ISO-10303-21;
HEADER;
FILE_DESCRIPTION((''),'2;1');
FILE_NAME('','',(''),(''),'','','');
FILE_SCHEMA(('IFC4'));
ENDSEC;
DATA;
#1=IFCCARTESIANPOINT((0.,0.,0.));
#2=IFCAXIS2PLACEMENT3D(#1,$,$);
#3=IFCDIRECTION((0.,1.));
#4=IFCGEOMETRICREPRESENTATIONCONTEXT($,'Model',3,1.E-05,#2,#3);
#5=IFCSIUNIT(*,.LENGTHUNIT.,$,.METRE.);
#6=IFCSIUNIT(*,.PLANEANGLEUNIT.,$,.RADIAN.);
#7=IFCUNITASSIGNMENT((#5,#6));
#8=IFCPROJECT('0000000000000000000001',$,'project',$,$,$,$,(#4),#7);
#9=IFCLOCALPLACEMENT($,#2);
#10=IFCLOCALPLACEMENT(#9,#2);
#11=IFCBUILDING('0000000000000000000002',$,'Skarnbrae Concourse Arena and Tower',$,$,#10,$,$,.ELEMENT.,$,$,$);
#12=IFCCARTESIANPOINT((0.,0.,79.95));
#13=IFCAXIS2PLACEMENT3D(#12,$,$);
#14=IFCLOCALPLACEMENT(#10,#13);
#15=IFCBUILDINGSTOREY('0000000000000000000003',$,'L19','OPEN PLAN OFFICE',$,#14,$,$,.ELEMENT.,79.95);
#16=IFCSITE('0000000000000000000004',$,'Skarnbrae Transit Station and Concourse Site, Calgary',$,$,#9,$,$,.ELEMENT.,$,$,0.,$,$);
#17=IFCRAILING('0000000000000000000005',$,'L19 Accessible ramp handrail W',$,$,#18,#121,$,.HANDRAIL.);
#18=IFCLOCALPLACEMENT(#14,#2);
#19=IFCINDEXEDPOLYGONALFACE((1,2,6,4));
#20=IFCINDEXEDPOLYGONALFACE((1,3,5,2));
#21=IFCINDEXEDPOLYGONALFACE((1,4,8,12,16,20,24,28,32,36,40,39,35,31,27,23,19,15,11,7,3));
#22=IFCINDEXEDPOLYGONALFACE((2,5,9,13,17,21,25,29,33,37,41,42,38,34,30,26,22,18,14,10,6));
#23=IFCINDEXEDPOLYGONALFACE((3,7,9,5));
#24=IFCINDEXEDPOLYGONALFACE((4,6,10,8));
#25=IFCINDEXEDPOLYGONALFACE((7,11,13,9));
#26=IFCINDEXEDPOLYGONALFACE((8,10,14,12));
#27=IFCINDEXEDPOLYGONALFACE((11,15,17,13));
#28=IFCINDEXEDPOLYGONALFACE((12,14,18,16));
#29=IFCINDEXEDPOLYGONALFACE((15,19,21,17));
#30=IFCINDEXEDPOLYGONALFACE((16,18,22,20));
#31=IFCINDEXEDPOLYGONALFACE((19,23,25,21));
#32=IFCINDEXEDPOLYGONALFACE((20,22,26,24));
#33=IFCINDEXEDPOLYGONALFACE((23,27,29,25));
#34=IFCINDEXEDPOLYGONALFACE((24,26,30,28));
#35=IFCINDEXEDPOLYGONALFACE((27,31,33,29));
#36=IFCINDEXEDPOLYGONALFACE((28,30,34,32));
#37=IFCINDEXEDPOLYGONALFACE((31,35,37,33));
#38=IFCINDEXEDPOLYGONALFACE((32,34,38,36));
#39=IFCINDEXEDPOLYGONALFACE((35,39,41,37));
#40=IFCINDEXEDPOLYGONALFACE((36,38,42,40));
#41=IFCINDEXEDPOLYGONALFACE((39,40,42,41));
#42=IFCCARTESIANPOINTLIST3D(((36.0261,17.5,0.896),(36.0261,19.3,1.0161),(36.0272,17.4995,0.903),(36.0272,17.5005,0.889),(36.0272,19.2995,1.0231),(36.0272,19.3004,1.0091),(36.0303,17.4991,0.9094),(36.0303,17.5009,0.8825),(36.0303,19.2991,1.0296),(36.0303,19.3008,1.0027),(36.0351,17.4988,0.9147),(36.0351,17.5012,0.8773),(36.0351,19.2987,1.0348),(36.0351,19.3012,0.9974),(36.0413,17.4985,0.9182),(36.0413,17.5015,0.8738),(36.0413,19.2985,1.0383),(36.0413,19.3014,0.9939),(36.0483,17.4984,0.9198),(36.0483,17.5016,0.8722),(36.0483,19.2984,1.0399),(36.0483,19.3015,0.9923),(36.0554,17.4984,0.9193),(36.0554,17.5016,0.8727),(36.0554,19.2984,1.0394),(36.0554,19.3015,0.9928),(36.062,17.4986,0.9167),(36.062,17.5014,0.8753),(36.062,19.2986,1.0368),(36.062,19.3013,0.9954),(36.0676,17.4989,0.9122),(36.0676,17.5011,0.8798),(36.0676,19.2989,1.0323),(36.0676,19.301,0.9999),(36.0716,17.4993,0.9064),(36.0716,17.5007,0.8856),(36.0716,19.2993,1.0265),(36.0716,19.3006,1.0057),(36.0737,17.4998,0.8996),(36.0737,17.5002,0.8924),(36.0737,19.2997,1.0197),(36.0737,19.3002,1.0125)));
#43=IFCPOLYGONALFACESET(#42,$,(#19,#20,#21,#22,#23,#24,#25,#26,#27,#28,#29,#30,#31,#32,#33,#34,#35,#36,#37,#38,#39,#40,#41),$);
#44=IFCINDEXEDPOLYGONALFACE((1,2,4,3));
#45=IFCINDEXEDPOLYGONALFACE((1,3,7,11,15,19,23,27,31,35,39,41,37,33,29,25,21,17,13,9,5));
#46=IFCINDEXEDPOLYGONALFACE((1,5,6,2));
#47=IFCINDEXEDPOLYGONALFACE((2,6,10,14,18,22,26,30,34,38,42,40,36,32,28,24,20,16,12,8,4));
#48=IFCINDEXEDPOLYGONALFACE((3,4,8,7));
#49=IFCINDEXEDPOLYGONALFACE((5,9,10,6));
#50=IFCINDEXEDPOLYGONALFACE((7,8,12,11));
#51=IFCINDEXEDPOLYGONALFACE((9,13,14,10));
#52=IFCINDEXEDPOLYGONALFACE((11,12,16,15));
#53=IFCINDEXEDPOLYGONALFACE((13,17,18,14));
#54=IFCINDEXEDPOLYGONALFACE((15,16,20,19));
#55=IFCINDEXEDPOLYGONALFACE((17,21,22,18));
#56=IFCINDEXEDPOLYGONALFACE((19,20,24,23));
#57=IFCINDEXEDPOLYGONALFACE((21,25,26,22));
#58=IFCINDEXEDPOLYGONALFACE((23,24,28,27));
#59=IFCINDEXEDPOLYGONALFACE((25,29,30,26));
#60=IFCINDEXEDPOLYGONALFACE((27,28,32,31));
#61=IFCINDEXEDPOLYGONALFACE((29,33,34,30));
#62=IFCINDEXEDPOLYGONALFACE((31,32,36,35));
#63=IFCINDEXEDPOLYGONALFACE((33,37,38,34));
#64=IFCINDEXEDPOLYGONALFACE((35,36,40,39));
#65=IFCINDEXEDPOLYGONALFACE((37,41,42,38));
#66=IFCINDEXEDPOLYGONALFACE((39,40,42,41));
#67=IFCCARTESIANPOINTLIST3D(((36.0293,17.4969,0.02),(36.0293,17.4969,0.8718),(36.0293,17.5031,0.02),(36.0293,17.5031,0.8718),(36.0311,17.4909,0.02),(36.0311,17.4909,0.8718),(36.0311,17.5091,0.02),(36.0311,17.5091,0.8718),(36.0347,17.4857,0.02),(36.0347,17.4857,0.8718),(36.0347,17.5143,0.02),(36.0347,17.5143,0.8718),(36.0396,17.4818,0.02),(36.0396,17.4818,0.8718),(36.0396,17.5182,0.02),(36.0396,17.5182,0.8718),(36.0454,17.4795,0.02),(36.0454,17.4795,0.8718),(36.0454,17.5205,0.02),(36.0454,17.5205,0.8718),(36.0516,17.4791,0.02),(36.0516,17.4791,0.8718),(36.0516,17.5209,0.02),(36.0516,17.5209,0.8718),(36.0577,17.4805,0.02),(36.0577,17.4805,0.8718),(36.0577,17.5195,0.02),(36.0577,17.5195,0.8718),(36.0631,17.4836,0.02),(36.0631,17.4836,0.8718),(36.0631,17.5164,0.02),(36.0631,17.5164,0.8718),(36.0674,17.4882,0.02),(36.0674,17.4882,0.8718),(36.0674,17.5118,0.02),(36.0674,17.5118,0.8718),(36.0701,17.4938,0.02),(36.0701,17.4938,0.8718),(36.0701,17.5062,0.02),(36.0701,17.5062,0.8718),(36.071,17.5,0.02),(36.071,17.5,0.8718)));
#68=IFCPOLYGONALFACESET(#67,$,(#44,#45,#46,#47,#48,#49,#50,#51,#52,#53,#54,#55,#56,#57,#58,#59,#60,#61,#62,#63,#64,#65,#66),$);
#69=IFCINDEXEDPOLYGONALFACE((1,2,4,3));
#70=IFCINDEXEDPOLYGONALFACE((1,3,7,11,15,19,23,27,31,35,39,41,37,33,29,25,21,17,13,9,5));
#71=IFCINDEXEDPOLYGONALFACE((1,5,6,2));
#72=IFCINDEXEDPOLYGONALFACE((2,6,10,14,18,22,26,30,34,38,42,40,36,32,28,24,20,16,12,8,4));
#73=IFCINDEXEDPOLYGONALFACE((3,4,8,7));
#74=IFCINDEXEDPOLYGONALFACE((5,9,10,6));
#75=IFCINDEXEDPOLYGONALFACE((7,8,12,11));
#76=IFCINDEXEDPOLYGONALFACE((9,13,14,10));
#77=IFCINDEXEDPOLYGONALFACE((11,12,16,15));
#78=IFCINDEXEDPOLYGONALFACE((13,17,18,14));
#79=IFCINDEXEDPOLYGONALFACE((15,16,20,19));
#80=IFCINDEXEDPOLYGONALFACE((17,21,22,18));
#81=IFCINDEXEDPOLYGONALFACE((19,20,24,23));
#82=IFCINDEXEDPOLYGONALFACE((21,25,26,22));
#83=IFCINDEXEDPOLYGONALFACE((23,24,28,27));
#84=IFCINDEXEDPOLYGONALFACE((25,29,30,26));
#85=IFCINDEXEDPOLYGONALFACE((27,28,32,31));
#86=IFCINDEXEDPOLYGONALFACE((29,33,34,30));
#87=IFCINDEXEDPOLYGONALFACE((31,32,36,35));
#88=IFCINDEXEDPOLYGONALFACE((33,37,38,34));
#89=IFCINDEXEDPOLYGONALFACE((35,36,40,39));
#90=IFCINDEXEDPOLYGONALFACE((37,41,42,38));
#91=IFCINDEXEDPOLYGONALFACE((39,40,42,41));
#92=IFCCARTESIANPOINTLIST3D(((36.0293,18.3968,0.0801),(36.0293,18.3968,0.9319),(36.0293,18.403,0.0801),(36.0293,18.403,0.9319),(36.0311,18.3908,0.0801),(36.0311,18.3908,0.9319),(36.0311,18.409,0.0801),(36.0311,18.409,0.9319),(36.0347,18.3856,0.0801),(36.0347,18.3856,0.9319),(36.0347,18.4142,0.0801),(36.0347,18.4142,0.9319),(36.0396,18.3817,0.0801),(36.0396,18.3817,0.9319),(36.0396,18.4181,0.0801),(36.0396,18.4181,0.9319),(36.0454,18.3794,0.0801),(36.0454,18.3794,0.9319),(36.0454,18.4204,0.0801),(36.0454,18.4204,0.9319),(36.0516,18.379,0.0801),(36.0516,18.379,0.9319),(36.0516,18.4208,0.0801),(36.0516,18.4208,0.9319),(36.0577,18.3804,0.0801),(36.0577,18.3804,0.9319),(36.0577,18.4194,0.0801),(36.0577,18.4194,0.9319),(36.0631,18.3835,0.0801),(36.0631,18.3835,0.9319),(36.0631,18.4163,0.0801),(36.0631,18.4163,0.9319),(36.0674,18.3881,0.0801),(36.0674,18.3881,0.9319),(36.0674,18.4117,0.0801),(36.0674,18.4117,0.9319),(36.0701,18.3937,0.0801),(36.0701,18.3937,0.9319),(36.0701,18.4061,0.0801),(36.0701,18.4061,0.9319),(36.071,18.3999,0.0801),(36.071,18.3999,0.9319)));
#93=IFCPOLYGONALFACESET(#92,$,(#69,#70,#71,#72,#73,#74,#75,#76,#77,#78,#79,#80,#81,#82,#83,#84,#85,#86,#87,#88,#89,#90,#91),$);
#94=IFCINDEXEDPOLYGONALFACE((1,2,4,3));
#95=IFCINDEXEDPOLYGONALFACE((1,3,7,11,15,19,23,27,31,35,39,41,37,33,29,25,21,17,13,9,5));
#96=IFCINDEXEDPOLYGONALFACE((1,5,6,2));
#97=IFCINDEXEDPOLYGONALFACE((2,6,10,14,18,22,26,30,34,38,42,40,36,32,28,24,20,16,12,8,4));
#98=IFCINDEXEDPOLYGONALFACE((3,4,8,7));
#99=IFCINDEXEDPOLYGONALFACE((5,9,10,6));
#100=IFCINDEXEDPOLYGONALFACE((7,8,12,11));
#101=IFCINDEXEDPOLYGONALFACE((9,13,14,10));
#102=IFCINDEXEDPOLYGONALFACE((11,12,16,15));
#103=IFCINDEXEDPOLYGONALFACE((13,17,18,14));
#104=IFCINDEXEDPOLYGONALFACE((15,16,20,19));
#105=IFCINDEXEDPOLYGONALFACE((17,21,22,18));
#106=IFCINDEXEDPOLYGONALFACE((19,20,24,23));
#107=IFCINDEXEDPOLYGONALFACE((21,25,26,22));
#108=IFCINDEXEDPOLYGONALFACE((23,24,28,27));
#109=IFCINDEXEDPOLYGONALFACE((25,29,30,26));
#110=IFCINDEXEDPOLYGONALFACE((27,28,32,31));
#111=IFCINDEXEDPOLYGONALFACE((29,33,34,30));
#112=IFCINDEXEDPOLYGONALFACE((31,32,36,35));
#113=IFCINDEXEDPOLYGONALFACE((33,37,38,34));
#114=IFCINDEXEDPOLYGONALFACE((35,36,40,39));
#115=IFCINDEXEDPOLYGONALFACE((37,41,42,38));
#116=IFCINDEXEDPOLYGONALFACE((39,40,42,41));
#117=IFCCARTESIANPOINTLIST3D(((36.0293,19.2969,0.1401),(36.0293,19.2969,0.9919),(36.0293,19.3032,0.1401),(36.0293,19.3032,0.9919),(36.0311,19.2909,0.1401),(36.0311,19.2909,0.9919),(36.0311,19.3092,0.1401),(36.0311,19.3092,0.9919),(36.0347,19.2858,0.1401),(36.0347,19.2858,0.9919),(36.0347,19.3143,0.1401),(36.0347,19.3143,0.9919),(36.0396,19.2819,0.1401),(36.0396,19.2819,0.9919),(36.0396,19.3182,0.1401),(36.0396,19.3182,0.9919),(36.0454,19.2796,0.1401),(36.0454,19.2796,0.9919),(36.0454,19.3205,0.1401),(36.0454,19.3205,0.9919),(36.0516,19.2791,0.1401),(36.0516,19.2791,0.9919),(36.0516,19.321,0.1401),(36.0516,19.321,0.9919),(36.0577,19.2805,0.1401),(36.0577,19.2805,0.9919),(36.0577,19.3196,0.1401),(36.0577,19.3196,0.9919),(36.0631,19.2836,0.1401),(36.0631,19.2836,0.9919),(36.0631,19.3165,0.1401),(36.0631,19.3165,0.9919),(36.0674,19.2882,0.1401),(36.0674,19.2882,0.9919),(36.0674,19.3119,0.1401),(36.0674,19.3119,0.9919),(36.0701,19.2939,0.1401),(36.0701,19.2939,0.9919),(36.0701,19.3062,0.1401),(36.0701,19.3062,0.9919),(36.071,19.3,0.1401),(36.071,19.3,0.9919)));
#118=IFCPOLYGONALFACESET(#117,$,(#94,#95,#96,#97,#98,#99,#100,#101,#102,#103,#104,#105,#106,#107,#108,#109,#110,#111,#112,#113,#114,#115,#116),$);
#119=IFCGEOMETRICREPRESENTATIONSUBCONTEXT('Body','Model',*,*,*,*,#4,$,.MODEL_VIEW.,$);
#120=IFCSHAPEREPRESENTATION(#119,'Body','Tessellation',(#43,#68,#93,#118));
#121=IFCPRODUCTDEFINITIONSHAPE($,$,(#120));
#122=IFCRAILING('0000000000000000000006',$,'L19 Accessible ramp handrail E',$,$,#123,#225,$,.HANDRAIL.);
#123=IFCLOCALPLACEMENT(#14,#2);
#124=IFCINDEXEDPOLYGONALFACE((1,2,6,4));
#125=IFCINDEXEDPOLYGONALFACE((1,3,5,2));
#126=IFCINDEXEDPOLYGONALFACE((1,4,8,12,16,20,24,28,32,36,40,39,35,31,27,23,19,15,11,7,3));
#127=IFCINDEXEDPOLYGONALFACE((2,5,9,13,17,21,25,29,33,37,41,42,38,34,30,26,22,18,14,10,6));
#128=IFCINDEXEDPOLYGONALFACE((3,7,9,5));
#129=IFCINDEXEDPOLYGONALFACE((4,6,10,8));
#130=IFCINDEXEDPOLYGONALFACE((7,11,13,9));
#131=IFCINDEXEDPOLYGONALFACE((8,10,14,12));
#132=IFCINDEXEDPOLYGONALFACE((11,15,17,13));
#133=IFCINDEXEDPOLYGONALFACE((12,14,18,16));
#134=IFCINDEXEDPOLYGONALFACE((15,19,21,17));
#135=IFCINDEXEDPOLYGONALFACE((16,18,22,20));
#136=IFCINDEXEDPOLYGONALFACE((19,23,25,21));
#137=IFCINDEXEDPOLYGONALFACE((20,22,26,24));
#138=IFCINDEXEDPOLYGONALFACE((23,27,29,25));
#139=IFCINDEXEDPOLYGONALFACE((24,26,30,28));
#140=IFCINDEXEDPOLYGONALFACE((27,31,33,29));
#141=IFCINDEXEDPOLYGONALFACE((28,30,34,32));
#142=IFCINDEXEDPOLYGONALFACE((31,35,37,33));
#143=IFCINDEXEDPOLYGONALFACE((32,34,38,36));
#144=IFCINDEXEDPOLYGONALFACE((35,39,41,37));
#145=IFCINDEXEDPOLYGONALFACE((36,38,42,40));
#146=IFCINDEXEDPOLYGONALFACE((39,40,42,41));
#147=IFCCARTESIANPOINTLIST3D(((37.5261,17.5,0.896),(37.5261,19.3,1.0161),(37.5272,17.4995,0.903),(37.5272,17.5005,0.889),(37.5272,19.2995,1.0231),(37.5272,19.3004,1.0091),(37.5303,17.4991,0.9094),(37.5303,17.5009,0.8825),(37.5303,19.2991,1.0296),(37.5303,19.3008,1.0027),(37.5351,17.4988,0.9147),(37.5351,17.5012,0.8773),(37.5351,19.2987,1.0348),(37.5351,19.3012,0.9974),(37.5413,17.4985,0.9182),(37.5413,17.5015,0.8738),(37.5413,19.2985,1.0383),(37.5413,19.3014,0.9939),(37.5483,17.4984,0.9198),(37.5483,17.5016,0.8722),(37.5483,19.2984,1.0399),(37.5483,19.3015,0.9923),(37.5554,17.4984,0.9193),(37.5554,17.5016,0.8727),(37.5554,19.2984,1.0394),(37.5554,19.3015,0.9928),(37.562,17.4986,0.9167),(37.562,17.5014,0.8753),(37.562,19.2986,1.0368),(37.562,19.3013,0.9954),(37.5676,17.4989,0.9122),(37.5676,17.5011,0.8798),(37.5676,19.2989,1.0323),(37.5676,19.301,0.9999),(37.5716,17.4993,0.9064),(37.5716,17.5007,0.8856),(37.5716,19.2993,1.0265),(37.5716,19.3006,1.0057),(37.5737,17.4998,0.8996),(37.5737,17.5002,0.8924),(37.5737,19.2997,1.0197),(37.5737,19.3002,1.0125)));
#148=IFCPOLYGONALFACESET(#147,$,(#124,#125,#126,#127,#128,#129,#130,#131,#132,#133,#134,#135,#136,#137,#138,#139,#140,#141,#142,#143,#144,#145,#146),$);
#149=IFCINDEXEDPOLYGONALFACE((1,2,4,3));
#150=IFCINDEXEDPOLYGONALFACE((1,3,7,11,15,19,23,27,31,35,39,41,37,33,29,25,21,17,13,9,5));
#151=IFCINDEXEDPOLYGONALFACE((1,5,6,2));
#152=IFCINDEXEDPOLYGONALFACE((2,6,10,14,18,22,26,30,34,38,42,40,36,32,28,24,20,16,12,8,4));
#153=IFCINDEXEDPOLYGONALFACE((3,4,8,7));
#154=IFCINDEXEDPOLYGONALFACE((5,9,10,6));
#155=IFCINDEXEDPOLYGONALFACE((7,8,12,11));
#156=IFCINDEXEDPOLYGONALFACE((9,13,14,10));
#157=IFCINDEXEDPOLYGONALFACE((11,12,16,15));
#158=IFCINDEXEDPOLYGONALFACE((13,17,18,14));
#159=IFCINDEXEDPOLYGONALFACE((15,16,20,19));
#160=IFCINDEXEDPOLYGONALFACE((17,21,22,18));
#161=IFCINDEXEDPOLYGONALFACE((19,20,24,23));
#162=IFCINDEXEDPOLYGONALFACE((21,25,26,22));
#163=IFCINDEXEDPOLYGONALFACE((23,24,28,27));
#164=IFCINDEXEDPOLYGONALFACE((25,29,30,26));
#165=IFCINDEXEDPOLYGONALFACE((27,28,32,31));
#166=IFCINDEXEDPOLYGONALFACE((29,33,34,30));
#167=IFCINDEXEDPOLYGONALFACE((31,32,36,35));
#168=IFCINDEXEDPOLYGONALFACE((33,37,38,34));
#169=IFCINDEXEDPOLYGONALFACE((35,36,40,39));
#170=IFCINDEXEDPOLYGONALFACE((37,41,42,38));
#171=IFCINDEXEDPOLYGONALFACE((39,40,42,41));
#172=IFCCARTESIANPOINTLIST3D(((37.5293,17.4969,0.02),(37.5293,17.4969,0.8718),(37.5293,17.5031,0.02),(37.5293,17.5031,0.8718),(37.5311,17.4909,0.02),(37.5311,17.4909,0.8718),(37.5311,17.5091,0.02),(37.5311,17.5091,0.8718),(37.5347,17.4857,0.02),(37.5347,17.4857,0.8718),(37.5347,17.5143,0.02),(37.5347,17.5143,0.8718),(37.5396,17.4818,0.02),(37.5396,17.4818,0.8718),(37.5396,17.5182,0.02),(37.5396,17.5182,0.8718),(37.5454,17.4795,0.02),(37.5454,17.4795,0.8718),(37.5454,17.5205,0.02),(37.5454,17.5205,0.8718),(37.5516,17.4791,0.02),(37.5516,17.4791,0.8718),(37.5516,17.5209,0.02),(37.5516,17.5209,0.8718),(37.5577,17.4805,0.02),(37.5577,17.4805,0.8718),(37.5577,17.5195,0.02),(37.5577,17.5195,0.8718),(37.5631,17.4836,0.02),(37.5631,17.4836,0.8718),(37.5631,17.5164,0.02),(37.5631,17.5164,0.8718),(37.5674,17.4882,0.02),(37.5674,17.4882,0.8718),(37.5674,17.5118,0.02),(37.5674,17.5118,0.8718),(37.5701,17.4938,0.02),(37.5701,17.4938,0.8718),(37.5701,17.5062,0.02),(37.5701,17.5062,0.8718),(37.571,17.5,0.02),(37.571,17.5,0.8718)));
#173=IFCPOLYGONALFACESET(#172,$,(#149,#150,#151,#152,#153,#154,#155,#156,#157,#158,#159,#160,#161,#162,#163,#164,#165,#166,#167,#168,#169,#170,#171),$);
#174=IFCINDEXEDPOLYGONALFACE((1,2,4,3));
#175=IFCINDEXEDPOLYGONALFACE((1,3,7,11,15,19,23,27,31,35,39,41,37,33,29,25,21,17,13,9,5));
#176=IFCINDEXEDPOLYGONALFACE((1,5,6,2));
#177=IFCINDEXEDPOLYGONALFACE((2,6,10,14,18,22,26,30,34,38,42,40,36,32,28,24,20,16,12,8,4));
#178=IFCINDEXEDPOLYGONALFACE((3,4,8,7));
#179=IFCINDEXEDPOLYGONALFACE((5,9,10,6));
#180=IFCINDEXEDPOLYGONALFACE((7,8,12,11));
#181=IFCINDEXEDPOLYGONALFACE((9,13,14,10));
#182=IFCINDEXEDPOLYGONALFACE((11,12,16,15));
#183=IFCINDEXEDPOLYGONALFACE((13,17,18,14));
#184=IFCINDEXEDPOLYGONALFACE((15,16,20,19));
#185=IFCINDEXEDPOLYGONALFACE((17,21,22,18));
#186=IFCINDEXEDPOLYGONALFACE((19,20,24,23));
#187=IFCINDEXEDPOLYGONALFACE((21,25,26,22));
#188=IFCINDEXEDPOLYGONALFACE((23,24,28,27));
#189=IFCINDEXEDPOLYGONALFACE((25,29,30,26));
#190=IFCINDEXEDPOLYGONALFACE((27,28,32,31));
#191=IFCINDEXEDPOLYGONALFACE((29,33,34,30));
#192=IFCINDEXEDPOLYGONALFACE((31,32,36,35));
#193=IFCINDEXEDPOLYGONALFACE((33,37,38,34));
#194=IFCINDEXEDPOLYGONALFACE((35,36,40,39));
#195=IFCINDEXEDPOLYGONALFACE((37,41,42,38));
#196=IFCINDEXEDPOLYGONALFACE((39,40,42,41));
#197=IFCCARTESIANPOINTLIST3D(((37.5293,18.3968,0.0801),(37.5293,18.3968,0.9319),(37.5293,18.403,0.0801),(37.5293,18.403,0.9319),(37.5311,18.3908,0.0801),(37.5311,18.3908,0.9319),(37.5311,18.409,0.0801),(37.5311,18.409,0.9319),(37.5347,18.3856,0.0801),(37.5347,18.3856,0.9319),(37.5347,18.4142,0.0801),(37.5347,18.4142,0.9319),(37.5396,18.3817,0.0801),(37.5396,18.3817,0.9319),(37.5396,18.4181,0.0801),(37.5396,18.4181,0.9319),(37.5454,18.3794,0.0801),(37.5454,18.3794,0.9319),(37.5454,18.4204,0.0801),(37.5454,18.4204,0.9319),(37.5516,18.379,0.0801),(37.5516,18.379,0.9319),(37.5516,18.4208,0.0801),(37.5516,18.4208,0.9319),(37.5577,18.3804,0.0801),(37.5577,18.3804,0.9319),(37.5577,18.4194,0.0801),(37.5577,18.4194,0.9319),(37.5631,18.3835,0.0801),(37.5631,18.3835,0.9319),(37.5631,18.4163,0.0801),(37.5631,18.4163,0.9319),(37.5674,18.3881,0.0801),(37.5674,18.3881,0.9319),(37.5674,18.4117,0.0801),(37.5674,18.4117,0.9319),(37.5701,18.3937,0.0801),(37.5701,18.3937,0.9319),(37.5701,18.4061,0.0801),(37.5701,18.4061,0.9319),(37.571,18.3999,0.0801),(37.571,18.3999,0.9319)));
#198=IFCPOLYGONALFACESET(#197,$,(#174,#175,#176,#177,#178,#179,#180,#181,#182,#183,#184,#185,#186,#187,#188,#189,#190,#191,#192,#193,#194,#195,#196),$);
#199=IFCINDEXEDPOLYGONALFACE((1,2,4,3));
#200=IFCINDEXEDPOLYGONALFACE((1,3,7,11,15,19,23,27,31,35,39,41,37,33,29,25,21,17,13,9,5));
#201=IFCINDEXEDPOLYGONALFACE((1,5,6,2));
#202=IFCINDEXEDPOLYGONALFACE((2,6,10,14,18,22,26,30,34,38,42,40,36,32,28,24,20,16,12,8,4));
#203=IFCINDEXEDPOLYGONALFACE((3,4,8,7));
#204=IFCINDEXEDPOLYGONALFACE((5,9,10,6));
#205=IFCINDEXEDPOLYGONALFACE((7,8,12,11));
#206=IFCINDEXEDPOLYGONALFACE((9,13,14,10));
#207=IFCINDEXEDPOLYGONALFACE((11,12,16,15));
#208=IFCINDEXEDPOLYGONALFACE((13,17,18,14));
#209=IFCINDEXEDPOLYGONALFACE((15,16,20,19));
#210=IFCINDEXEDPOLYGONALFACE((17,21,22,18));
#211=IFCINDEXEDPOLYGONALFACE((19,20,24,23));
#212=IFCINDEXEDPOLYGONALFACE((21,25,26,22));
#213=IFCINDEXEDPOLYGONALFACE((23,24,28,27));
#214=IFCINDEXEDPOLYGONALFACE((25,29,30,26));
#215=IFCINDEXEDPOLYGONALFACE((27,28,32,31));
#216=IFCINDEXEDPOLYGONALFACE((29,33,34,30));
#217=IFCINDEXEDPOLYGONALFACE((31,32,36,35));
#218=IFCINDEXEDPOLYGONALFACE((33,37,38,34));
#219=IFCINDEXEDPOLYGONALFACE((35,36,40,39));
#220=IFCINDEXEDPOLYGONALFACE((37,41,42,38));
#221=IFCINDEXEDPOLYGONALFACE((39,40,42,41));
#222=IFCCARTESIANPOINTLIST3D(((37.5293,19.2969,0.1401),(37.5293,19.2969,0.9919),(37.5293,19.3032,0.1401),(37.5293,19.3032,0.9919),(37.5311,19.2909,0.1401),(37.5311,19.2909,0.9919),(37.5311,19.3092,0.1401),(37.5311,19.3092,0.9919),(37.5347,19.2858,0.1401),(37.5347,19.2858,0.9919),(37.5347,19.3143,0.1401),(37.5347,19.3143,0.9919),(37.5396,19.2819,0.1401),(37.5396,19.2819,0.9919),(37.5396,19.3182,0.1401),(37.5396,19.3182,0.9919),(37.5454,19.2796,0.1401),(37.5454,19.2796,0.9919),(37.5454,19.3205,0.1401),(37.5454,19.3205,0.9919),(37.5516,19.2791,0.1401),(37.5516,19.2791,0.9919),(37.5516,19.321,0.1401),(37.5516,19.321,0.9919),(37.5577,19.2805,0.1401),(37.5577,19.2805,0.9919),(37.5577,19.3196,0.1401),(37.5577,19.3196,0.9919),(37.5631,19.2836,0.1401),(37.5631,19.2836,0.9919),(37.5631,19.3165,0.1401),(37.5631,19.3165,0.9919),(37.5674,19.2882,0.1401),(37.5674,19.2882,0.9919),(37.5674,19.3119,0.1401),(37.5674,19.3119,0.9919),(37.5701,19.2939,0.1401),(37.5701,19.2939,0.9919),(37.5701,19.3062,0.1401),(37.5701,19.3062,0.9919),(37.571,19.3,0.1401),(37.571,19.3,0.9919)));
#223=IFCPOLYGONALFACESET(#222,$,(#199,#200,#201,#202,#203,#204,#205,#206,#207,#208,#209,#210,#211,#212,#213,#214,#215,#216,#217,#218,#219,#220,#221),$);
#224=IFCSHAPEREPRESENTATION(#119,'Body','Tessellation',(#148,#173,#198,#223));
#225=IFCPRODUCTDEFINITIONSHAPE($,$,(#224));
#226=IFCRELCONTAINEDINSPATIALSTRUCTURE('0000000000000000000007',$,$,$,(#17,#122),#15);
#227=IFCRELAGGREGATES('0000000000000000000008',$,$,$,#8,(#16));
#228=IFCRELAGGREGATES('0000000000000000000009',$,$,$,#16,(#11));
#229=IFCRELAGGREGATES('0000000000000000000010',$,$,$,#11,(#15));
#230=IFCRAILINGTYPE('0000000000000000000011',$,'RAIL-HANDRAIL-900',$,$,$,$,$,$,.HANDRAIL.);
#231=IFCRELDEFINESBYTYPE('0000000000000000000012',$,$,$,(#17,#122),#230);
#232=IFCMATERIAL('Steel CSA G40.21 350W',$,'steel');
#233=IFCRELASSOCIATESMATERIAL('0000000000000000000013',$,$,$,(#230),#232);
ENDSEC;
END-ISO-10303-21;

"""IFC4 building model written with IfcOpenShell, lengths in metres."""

from ifc_helpers import new_model, si_unit, direction, frame, origin, origin_2d, place, context, subcontext, project, spatial, circle, extrude, material, type_object, element, save


model = new_model("IFC4")

# Units and contexts
model_context = context("Model", 3, precision=1e-05, world=origin(), true_north=direction((0.0, 1.0)))
body_context = subcontext(model_context, "Body", "Model", "MODEL_VIEW")
ifc_project = project(units=[si_unit("LENGTHUNIT", "METRE"), si_unit("PLANEANGLEUNIT", "RADIAN")], contexts=[model_context])

# Site, building, storey
site_placement = place(None, origin())
site = spatial("IfcSite", under=ifc_project, at=site_placement, Name="Skarnbrae Transit Station and Concourse Site, Calgary", CompositionType="ELEMENT", RefElevation=0.0)
building_placement = place(site_placement, origin())
building = spatial("IfcBuilding", under=site, at=building_placement, Name="Skarnbrae Concourse Arena and Tower", CompositionType="ELEMENT")
storey_placement = place(building_placement, frame((0.0, 0.0, 79.95)))
storey = spatial("IfcBuildingStorey", under=building, at=storey_placement, Name="L19", Description="OPEN PLAN OFFICE", CompositionType="ELEMENT", Elevation=79.95)

# Shared definitions
ifc_material_1 = material(Name="Steel CSA G40.21 350W", Category="steel")

# Railings
railing_type = type_object("IfcRailingType", Name="RAIL-HANDRAIL-900", PredefinedType="HANDRAIL", material=ifc_material_1)
for number, where, name in (
    (1, (36.05, 17.5, 0.02), "L19 Accessible ramp handrail W"),
    (2, (37.55, 17.5, 0.02), "L19 Accessible ramp handrail E"),
):
    element("IfcRailing", number, at=place(storey_placement, frame(where)), inside=storey, type_object=railing_type, Name=name, PredefinedType="HANDRAIL", context=body_context, shape_type="SweptSolid", body=[
        extrude(circle(Radius=0.0239, at=origin_2d()), frame((0.0, 0.0, 0.876), z_axis=(0.0, 0.997781, 0.066582), x_axis=(-1.0, 0.0, 0.0)), (0.0, 0.0, 1.0), 1.804),
        extrude(circle(Radius=0.021, at=origin_2d()), origin(), (0.0, 0.0, 1.0), 0.8518),
        extrude(circle(Radius=0.021, at=origin_2d()), frame((0.0, 0.8999, 0.0601)), (0.0, 0.0, 1.0), 0.8518),
        extrude(circle(Radius=0.021, at=origin_2d()), frame((0.0, 1.8, 0.1201)), (0.0, 0.0, 1.0), 0.8518),
    ])

save(model, "model.ifc")
